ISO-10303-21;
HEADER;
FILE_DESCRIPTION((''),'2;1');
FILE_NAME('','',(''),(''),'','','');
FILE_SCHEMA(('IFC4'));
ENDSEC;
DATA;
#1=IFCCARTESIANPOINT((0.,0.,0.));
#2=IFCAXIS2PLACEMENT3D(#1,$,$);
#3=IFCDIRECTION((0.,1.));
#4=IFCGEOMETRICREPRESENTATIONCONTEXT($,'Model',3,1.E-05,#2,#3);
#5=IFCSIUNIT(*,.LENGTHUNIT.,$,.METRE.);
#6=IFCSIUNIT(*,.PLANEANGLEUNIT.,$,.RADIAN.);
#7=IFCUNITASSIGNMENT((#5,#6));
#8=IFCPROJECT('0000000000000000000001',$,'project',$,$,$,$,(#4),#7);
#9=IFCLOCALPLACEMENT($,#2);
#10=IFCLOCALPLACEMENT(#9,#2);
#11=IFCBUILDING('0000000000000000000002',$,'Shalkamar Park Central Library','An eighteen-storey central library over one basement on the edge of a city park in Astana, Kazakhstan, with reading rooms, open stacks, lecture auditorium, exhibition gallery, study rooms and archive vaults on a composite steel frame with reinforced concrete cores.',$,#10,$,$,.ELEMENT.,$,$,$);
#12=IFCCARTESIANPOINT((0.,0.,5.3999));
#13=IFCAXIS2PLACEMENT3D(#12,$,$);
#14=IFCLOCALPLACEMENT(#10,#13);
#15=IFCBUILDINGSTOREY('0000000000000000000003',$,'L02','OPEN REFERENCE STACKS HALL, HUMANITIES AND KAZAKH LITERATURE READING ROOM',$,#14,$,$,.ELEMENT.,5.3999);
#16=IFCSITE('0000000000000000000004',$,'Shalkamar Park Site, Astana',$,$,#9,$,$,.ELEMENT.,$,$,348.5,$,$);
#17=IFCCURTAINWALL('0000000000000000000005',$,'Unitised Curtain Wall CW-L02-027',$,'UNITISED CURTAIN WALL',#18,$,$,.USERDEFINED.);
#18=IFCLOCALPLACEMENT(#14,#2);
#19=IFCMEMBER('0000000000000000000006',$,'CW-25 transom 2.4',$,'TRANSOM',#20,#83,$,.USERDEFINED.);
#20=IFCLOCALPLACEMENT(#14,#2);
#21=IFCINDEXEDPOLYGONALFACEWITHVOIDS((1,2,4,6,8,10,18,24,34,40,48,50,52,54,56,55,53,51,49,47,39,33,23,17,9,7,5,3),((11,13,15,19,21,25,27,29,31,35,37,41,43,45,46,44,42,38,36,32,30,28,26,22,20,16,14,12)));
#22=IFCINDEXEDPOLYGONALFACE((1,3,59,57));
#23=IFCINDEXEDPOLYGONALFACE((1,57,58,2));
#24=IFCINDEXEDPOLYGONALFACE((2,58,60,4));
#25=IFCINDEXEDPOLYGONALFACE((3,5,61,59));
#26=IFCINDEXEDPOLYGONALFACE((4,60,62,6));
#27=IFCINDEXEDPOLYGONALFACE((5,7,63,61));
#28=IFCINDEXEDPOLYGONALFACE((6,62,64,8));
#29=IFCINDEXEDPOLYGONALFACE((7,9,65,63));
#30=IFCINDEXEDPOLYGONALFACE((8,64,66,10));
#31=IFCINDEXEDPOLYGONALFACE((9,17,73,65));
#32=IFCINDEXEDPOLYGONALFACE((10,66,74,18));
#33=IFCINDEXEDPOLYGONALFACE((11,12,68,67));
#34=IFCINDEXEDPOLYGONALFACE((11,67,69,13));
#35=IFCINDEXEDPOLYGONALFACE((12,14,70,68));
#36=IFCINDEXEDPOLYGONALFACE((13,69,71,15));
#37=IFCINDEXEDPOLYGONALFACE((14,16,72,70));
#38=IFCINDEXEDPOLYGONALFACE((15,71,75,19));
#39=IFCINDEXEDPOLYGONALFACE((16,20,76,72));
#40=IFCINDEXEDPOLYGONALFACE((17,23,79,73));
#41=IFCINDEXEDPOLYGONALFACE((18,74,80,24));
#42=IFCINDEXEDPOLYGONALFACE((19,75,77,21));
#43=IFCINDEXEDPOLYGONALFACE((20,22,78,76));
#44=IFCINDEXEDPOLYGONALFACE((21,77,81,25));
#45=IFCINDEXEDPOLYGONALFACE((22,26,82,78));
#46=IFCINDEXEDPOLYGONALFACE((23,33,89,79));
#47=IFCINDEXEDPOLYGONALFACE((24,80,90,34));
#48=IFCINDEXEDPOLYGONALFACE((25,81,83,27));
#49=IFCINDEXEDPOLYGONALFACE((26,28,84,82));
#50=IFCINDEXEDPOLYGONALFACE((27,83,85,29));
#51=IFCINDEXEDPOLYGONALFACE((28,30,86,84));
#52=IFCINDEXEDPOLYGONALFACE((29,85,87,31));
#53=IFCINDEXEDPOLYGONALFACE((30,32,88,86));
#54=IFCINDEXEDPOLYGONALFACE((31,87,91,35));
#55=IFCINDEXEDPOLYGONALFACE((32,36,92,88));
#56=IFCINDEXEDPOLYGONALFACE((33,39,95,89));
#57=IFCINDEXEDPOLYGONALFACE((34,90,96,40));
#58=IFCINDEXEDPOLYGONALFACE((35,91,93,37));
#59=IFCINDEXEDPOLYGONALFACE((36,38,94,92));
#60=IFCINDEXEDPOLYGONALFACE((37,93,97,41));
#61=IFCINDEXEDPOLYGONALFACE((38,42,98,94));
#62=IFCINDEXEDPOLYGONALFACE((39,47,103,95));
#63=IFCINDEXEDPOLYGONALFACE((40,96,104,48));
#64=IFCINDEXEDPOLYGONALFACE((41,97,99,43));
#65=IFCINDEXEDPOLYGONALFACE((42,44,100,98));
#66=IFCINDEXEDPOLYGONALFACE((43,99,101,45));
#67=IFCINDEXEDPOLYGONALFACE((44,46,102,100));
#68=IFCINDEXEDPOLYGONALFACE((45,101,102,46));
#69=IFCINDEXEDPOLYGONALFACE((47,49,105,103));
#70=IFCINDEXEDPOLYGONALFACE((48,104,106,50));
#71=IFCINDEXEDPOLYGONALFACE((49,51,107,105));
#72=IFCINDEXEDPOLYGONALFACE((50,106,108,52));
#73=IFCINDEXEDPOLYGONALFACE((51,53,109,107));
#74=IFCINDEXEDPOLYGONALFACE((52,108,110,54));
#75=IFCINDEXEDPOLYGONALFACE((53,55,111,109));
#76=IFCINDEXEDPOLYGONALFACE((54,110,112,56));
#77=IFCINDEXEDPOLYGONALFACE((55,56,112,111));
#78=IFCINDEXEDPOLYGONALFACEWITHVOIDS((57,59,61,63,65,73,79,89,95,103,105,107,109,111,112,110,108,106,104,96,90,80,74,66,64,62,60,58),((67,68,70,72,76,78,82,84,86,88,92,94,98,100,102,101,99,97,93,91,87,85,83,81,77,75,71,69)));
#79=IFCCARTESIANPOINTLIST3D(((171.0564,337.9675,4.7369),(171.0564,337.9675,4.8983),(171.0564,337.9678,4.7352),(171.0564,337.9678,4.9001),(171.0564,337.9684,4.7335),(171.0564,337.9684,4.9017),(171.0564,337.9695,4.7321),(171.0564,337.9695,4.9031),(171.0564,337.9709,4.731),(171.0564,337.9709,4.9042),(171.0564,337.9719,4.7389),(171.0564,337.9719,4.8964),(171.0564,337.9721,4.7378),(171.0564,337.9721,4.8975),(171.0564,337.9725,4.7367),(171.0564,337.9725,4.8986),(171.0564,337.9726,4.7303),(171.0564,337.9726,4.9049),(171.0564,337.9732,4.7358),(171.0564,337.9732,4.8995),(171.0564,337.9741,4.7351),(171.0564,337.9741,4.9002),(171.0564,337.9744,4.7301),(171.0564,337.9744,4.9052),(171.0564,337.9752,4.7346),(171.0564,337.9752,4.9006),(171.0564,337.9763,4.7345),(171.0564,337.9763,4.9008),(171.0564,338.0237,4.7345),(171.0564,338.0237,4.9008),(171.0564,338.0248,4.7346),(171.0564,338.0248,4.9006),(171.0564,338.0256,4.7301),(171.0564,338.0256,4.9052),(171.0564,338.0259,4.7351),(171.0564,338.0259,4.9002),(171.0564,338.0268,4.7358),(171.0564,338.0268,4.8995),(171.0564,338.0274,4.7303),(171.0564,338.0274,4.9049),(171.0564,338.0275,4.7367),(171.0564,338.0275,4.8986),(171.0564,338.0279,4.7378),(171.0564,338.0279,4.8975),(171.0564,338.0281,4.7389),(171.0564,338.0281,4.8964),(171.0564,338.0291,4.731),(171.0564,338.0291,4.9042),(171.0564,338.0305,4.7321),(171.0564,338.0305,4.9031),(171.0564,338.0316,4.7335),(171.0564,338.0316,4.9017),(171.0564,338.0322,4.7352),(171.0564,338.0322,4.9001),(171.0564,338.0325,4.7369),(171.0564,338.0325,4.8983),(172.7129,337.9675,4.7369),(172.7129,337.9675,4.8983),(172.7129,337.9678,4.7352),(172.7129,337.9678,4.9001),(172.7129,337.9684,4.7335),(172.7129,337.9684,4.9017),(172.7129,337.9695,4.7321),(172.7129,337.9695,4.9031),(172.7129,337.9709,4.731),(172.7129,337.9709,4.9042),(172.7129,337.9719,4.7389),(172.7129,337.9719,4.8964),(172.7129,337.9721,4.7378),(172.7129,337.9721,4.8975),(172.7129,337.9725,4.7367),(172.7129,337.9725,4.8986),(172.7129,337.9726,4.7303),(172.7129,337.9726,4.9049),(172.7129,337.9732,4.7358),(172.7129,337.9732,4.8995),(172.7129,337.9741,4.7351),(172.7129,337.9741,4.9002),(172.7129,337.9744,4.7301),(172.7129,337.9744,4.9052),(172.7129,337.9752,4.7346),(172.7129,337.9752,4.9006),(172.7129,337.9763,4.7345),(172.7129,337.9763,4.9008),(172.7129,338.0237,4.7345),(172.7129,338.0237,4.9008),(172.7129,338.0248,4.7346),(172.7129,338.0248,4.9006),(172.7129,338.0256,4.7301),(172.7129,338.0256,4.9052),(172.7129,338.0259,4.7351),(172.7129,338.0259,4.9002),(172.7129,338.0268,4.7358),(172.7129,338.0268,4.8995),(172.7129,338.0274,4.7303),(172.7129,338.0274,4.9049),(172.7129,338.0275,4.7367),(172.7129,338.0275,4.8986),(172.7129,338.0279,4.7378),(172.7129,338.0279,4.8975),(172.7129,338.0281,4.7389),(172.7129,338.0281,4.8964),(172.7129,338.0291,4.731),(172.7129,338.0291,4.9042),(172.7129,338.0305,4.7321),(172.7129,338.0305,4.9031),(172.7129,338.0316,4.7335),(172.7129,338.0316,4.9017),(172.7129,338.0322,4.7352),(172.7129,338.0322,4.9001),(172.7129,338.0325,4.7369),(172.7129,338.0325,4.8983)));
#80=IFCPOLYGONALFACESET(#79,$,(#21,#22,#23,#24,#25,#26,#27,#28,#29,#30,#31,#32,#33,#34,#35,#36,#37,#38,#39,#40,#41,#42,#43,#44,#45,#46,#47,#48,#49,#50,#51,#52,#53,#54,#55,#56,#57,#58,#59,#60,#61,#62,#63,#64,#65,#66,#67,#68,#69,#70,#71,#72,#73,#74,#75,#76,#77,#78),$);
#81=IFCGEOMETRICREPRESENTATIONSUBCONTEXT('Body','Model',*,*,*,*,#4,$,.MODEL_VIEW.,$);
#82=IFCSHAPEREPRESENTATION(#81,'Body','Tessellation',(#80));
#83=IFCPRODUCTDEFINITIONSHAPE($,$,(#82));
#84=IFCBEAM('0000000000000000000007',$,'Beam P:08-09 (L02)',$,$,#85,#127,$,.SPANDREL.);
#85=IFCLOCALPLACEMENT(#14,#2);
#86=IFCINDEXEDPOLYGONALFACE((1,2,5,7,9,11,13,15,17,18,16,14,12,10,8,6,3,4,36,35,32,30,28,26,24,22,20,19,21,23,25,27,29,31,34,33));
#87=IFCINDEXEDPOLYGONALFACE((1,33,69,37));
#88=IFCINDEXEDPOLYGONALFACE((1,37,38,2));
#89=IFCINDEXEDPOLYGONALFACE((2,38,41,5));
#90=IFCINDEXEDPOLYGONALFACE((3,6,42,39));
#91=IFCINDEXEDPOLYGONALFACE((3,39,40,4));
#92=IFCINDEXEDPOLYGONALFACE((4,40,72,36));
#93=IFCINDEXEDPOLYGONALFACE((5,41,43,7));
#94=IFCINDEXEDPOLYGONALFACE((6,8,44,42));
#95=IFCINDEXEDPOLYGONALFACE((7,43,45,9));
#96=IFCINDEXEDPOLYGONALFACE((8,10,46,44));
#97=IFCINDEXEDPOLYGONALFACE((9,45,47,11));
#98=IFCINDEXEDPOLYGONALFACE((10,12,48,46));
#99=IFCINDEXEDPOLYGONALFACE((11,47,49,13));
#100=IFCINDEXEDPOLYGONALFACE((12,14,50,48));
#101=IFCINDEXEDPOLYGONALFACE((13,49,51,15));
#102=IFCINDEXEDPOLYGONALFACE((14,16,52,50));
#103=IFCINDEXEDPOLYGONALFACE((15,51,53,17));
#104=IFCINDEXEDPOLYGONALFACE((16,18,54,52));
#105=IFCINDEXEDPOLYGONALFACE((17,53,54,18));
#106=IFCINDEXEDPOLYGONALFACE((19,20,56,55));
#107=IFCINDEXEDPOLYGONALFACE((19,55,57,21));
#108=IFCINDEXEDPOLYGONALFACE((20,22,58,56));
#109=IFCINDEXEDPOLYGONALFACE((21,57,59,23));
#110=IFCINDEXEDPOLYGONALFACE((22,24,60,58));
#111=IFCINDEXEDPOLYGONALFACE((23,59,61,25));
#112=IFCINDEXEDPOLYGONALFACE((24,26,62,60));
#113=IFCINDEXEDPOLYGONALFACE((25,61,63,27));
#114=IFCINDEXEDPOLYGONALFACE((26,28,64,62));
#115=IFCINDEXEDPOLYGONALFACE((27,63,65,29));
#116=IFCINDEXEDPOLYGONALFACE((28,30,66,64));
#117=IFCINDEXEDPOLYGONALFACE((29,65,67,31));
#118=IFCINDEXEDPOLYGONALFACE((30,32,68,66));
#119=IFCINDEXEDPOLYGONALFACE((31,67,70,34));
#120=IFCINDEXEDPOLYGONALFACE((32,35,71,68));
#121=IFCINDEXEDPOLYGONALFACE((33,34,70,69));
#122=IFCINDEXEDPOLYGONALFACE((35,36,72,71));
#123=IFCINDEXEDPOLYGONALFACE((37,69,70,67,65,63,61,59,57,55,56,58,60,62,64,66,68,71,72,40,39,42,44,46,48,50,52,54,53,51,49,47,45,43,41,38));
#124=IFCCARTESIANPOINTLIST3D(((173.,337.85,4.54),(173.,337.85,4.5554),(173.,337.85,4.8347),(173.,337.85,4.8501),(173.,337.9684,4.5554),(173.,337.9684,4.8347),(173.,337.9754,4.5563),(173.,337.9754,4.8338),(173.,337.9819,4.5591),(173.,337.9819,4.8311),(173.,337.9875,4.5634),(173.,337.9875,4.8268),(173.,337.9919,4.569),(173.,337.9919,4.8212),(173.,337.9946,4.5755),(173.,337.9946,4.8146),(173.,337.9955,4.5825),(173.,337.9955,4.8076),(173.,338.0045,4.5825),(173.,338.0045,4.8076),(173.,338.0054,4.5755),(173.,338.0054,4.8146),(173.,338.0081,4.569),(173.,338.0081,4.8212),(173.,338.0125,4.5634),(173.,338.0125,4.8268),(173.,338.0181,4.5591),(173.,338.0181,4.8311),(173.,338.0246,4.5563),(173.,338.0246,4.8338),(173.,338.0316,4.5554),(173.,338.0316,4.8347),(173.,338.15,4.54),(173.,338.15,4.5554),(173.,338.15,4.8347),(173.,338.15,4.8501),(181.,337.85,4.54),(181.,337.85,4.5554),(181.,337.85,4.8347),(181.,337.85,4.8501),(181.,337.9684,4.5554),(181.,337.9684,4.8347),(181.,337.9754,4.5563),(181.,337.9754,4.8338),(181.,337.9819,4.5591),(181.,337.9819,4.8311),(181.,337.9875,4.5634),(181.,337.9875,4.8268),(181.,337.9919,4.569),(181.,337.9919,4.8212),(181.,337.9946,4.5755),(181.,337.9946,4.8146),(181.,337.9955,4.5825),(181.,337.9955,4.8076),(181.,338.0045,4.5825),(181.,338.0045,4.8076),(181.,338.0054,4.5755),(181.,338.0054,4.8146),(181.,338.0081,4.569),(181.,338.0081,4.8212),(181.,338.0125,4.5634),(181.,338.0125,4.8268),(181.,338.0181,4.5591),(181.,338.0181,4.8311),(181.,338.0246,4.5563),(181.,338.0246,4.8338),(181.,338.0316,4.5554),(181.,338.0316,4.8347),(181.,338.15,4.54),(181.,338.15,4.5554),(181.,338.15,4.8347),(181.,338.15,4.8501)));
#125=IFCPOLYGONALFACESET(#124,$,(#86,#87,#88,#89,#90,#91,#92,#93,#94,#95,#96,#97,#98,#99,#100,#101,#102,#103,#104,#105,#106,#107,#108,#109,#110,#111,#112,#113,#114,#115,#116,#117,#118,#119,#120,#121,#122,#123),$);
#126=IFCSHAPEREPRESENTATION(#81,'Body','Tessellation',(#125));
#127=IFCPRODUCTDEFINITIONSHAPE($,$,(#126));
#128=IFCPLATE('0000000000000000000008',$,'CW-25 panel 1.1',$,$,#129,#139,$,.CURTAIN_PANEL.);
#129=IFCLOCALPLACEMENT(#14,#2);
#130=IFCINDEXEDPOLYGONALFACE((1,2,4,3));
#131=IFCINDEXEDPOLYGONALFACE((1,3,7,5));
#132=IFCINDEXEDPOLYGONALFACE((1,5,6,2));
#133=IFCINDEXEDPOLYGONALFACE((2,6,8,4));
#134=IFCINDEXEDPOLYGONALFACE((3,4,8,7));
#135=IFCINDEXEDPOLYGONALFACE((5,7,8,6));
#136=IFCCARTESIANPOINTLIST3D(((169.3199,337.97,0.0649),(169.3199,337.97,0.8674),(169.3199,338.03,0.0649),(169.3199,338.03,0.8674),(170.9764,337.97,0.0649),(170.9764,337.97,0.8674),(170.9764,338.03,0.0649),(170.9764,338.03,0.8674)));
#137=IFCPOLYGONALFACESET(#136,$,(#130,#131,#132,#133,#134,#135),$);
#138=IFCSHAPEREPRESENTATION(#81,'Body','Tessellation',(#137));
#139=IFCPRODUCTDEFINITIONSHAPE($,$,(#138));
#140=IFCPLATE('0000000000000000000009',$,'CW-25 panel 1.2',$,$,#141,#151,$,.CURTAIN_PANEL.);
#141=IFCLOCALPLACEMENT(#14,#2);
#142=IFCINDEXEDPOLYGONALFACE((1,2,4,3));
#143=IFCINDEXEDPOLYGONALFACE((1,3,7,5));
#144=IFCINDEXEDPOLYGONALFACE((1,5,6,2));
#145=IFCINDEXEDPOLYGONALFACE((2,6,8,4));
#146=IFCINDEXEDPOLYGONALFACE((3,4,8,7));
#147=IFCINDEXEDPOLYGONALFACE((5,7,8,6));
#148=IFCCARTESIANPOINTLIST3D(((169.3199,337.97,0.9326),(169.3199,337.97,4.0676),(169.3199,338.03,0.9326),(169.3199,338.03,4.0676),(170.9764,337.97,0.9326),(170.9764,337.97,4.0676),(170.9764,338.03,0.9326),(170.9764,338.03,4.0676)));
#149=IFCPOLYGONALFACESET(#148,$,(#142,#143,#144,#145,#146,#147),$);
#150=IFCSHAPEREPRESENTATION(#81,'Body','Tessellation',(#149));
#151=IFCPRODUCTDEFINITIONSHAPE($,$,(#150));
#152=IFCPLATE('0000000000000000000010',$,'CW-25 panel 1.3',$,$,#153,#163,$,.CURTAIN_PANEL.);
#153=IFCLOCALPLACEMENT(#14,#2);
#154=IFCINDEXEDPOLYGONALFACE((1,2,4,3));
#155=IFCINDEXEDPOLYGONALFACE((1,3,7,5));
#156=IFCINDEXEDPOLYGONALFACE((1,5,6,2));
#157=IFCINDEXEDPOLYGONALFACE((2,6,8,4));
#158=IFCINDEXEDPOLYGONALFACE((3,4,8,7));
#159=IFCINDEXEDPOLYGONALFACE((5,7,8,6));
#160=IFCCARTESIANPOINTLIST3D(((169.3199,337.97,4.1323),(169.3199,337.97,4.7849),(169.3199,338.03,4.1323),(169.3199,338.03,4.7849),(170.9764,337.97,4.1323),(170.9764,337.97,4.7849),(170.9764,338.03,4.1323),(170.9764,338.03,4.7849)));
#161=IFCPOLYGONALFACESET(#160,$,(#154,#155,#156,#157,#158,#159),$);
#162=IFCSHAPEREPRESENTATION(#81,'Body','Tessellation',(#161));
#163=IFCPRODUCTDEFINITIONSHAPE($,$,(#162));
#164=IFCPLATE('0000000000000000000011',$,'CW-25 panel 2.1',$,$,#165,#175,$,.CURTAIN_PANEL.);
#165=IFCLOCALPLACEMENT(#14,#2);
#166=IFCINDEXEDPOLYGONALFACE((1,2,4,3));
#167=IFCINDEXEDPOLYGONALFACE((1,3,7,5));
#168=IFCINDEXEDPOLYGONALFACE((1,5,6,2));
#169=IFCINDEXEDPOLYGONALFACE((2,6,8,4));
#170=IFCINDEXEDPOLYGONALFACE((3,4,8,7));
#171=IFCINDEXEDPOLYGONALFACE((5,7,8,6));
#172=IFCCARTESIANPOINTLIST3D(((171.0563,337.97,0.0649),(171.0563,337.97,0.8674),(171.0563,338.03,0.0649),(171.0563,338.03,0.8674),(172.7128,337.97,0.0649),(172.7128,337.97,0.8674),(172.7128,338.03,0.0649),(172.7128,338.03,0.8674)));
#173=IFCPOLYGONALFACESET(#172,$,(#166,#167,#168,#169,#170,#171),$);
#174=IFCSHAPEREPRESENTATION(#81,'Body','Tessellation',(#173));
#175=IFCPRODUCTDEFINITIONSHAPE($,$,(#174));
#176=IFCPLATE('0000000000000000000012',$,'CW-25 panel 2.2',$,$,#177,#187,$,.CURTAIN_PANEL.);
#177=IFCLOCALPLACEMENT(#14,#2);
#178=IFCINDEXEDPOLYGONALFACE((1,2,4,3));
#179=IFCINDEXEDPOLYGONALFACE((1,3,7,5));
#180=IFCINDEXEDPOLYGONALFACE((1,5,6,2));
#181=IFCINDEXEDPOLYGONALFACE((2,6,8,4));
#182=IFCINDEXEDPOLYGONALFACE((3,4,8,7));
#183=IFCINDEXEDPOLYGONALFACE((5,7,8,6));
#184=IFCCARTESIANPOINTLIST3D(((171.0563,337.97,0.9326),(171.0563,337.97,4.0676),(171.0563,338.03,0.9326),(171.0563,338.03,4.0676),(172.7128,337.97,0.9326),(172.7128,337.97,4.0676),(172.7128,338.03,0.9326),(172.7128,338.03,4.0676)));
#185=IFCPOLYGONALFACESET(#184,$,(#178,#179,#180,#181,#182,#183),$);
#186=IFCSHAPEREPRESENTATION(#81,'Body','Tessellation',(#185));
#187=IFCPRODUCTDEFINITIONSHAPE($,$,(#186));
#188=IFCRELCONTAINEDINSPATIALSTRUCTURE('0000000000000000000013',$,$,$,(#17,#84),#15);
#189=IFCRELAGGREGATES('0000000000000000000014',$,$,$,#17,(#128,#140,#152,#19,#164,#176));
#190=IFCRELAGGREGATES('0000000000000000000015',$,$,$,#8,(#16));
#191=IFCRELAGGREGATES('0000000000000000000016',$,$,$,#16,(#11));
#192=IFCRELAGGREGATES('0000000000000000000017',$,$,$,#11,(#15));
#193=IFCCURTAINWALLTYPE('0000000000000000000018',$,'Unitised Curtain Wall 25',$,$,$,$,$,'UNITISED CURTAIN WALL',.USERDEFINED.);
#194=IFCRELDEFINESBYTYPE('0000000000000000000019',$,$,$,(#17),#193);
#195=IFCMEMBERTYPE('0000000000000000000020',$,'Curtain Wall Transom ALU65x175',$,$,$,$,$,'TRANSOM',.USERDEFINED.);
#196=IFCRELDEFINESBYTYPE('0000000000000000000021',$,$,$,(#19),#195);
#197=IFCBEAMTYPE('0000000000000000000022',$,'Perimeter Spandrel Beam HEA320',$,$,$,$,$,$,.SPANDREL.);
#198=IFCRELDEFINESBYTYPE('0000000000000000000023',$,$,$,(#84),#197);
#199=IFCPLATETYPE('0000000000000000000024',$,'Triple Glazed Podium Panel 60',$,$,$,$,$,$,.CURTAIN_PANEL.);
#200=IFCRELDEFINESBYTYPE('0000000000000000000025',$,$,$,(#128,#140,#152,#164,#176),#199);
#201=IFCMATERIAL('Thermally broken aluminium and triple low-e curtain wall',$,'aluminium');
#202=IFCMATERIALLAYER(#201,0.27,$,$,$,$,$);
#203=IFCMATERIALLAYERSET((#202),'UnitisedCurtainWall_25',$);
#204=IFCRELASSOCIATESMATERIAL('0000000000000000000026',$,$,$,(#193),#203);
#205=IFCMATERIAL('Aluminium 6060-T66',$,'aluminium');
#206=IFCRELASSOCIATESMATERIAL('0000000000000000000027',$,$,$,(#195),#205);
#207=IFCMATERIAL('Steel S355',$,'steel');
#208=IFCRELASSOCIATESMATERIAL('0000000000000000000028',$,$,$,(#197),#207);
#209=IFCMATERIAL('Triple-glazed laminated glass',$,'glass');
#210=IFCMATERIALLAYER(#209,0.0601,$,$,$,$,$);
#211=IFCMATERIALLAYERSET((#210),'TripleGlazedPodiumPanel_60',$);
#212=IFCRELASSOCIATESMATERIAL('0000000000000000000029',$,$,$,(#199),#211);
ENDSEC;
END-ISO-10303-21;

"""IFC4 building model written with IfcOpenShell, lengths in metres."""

from ifc_helpers import new_model, si_unit, direction, frame, origin, origin_2d, place, context, subcontext, project, spatial, rectangle, hollow_rectangle, i_section, extrude, material, layer, layer_set, material_profile, profile_set, type_object, element, aggregate, save


model = new_model("IFC4")

# Units and contexts
model_context = context("Model", 3, precision=1e-05, world=origin(), true_north=direction((0.0, 1.0)))
body_context = subcontext(model_context, "Body", "Model", "MODEL_VIEW")
ifc_project = project(units=[si_unit("LENGTHUNIT", "METRE"), si_unit("PLANEANGLEUNIT", "RADIAN")], contexts=[model_context])

# Site, building, storey
site_placement = place(None, origin())
site = spatial("IfcSite", under=ifc_project, at=site_placement, Name="Shalkamar Park Site, Astana", CompositionType="ELEMENT", RefElevation=348.5)
building_placement = place(site_placement, origin())
building = spatial("IfcBuilding", under=site, at=building_placement, Name="Shalkamar Park Central Library", Description="An eighteen-storey central library over one basement on the edge of a city park in Astana, Kazakhstan, with reading rooms, open stacks, lecture auditorium, exhibition gallery, study rooms and archive vaults on a composite steel frame with reinforced concrete cores.", CompositionType="ELEMENT")
storey_placement = place(building_placement, frame((0.0, 0.0, 5.3999)))
storey = spatial("IfcBuildingStorey", under=building, at=storey_placement, Name="L02", Description="OPEN REFERENCE STACKS HALL, HUMANITIES AND KAZAKH LITERATURE READING ROOM", CompositionType="ELEMENT", Elevation=5.3999)

# Shared definitions
ifc_material_1 = material(Name="Steel S355", Category="steel")

# Curtain wall
ifc_material_2 = material(Name="Thermally broken aluminium and triple low-e curtain wall", Category="aluminium")
ifc_material_3 = material(Name="Aluminium 6060-T66", Category="aluminium")
ifc_layer_1 = layer(ifc_material_2, 0.27)
ifc_layer_set_1 = layer_set([ifc_layer_1], Name="UnitisedCurtainWall_25")
curtain_wall_type_1 = type_object("IfcCurtainWallType", Name="Unitised Curtain Wall 25", ElementType="UNITISED CURTAIN WALL", PredefinedType="USERDEFINED", material=ifc_layer_set_1)
curtain_wall_1_placement = place(storey_placement, origin())
curtain_wall_1 = element("IfcCurtainWall", 1, at=curtain_wall_1_placement, inside=storey, type_object=curtain_wall_type_1, Name="Unitised Curtain Wall CW-L02-027", ObjectType="UNITISED CURTAIN WALL", PredefinedType="USERDEFINED")

# Member
ifc_material_profile_1 = material_profile(ifc_material_3, hollow_rectangle(XDim=0.0649, YDim=0.175, WallThickness=0.0044, InnerFilletRadius=0.0044, OuterFilletRadius=0.0068, at=origin_2d()), Name="ALU 65x175x4.5")
ifc_profile_set_1 = profile_set([ifc_material_profile_1], Name="Aluminium 6060-T66")
member_type_1 = type_object("IfcMemberType", Name="Curtain Wall Transom ALU65x175", ElementType="TRANSOM", PredefinedType="USERDEFINED", material=ifc_profile_set_1)
member_1_placement = place(storey_placement, frame((171.0564, 338.0, 4.8176), z_axis=(1.0, 0.0, 0.0), x_axis=(0.0, 1.0, 0.0)))
member_1 = element("IfcMember", 2, at=member_1_placement, type_object=member_type_1, Name="CW-25 transom 2.4", ObjectType="TRANSOM", PredefinedType="USERDEFINED", context=body_context, shape_type="SweptSolid", body=[
    extrude(hollow_rectangle(XDim=0.0649, YDim=0.175, WallThickness=0.0044, InnerFilletRadius=0.0044, OuterFilletRadius=0.0068, at=origin_2d()), origin(), (0.0, 0.0, 1.0), 1.6565),
])

# Beam
ifc_material_profile_2 = material_profile(ifc_material_1, i_section(OverallWidth=0.3, OverallDepth=0.3101, WebThickness=0.009, FlangeThickness=0.0154, FilletRadius=0.0271, at=origin_2d()), Name="HEA 320")
ifc_profile_set_2 = profile_set([ifc_material_profile_2], Name="Steel S355")
beam_type_1 = type_object("IfcBeamType", Name="Perimeter Spandrel Beam HEA320", PredefinedType="SPANDREL", material=ifc_profile_set_2)
beam_placement = place(storey_placement, frame((173.0, 338.0, 4.6951), z_axis=(1.0, 0.0, 0.0), x_axis=(0.0, 1.0, 0.0)))
element("IfcBeam", 3, at=beam_placement, inside=storey, type_object=beam_type_1, Name="Beam P:08-09 (L02)", PredefinedType="SPANDREL", context=body_context, shape_type="SweptSolid", body=[
    extrude(i_section(OverallWidth=0.3, OverallDepth=0.3101, WebThickness=0.009, FlangeThickness=0.0154, FilletRadius=0.0271, at=origin_2d()), origin(), (0.0, 0.0, 1.0), 8.0),
])

# Plates
ifc_material_4 = material(Name="Triple-glazed laminated glass", Category="glass")
ifc_layer_2 = layer(ifc_material_4, 0.0601)
ifc_layer_set_2 = layer_set([ifc_layer_2], Name="TripleGlazedPodiumPanel_60")
plate_type_1 = type_object("IfcPlateType", Name="Triple Glazed Podium Panel 60", PredefinedType="CURTAIN_PANEL", material=ifc_layer_set_2)
plate_1_placement = place(storey_placement, frame((170.1482, 338.0, 0.0649), z_axis=(0.0, 0.0, 1.0), x_axis=(1.0, 0.0, 0.0)))
plate_1 = element("IfcPlate", 4, at=plate_1_placement, type_object=plate_type_1, Name="CW-25 panel 1.1", PredefinedType="CURTAIN_PANEL", context=body_context, shape_type="SweptSolid", body=[
    extrude(rectangle(XDim=1.6565, YDim=0.0601, at=origin_2d()), origin(), (0.0, 0.0, 1.0), 0.8025),
])
plate_2_placement = place(storey_placement, frame((170.1482, 338.0, 0.9326), z_axis=(0.0, 0.0, 1.0), x_axis=(1.0, 0.0, 0.0)))
plate_2 = element("IfcPlate", 5, at=plate_2_placement, type_object=plate_type_1, Name="CW-25 panel 1.2", PredefinedType="CURTAIN_PANEL", context=body_context, shape_type="SweptSolid", body=[
    extrude(rectangle(XDim=1.6565, YDim=0.0601, at=origin_2d()), origin(), (0.0, 0.0, 1.0), 3.135),
])
plate_3_placement = place(storey_placement, frame((170.1482, 338.0, 4.1323), z_axis=(0.0, 0.0, 1.0), x_axis=(1.0, 0.0, 0.0)))
plate_3 = element("IfcPlate", 6, at=plate_3_placement, type_object=plate_type_1, Name="CW-25 panel 1.3", PredefinedType="CURTAIN_PANEL", context=body_context, shape_type="SweptSolid", body=[
    extrude(rectangle(XDim=1.6565, YDim=0.0601, at=origin_2d()), origin(), (0.0, 0.0, 1.0), 0.6526),
])
plate_4_placement = place(storey_placement, frame((171.8845, 338.0, 0.0649), z_axis=(0.0, 0.0, 1.0), x_axis=(1.0, 0.0, 0.0)))
plate_4 = element("IfcPlate", 7, at=plate_4_placement, type_object=plate_type_1, Name="CW-25 panel 2.1", PredefinedType="CURTAIN_PANEL", context=body_context, shape_type="SweptSolid", body=[
    extrude(rectangle(XDim=1.6565, YDim=0.0601, at=origin_2d()), origin(), (0.0, 0.0, 1.0), 0.8025),
])
plate_5_placement = place(storey_placement, frame((171.8845, 338.0, 0.9326), z_axis=(0.0, 0.0, 1.0), x_axis=(1.0, 0.0, 0.0)))
plate_5 = element("IfcPlate", 8, at=plate_5_placement, type_object=plate_type_1, Name="CW-25 panel 2.2", PredefinedType="CURTAIN_PANEL", context=body_context, shape_type="SweptSolid", body=[
    extrude(rectangle(XDim=1.6565, YDim=0.0601, at=origin_2d()), origin(), (0.0, 0.0, 1.0), 3.135),
])
aggregate(curtain_wall_1, [plate_1, plate_2, plate_3, member_1, plate_4, plate_5])

save(model, "model.ifc")
